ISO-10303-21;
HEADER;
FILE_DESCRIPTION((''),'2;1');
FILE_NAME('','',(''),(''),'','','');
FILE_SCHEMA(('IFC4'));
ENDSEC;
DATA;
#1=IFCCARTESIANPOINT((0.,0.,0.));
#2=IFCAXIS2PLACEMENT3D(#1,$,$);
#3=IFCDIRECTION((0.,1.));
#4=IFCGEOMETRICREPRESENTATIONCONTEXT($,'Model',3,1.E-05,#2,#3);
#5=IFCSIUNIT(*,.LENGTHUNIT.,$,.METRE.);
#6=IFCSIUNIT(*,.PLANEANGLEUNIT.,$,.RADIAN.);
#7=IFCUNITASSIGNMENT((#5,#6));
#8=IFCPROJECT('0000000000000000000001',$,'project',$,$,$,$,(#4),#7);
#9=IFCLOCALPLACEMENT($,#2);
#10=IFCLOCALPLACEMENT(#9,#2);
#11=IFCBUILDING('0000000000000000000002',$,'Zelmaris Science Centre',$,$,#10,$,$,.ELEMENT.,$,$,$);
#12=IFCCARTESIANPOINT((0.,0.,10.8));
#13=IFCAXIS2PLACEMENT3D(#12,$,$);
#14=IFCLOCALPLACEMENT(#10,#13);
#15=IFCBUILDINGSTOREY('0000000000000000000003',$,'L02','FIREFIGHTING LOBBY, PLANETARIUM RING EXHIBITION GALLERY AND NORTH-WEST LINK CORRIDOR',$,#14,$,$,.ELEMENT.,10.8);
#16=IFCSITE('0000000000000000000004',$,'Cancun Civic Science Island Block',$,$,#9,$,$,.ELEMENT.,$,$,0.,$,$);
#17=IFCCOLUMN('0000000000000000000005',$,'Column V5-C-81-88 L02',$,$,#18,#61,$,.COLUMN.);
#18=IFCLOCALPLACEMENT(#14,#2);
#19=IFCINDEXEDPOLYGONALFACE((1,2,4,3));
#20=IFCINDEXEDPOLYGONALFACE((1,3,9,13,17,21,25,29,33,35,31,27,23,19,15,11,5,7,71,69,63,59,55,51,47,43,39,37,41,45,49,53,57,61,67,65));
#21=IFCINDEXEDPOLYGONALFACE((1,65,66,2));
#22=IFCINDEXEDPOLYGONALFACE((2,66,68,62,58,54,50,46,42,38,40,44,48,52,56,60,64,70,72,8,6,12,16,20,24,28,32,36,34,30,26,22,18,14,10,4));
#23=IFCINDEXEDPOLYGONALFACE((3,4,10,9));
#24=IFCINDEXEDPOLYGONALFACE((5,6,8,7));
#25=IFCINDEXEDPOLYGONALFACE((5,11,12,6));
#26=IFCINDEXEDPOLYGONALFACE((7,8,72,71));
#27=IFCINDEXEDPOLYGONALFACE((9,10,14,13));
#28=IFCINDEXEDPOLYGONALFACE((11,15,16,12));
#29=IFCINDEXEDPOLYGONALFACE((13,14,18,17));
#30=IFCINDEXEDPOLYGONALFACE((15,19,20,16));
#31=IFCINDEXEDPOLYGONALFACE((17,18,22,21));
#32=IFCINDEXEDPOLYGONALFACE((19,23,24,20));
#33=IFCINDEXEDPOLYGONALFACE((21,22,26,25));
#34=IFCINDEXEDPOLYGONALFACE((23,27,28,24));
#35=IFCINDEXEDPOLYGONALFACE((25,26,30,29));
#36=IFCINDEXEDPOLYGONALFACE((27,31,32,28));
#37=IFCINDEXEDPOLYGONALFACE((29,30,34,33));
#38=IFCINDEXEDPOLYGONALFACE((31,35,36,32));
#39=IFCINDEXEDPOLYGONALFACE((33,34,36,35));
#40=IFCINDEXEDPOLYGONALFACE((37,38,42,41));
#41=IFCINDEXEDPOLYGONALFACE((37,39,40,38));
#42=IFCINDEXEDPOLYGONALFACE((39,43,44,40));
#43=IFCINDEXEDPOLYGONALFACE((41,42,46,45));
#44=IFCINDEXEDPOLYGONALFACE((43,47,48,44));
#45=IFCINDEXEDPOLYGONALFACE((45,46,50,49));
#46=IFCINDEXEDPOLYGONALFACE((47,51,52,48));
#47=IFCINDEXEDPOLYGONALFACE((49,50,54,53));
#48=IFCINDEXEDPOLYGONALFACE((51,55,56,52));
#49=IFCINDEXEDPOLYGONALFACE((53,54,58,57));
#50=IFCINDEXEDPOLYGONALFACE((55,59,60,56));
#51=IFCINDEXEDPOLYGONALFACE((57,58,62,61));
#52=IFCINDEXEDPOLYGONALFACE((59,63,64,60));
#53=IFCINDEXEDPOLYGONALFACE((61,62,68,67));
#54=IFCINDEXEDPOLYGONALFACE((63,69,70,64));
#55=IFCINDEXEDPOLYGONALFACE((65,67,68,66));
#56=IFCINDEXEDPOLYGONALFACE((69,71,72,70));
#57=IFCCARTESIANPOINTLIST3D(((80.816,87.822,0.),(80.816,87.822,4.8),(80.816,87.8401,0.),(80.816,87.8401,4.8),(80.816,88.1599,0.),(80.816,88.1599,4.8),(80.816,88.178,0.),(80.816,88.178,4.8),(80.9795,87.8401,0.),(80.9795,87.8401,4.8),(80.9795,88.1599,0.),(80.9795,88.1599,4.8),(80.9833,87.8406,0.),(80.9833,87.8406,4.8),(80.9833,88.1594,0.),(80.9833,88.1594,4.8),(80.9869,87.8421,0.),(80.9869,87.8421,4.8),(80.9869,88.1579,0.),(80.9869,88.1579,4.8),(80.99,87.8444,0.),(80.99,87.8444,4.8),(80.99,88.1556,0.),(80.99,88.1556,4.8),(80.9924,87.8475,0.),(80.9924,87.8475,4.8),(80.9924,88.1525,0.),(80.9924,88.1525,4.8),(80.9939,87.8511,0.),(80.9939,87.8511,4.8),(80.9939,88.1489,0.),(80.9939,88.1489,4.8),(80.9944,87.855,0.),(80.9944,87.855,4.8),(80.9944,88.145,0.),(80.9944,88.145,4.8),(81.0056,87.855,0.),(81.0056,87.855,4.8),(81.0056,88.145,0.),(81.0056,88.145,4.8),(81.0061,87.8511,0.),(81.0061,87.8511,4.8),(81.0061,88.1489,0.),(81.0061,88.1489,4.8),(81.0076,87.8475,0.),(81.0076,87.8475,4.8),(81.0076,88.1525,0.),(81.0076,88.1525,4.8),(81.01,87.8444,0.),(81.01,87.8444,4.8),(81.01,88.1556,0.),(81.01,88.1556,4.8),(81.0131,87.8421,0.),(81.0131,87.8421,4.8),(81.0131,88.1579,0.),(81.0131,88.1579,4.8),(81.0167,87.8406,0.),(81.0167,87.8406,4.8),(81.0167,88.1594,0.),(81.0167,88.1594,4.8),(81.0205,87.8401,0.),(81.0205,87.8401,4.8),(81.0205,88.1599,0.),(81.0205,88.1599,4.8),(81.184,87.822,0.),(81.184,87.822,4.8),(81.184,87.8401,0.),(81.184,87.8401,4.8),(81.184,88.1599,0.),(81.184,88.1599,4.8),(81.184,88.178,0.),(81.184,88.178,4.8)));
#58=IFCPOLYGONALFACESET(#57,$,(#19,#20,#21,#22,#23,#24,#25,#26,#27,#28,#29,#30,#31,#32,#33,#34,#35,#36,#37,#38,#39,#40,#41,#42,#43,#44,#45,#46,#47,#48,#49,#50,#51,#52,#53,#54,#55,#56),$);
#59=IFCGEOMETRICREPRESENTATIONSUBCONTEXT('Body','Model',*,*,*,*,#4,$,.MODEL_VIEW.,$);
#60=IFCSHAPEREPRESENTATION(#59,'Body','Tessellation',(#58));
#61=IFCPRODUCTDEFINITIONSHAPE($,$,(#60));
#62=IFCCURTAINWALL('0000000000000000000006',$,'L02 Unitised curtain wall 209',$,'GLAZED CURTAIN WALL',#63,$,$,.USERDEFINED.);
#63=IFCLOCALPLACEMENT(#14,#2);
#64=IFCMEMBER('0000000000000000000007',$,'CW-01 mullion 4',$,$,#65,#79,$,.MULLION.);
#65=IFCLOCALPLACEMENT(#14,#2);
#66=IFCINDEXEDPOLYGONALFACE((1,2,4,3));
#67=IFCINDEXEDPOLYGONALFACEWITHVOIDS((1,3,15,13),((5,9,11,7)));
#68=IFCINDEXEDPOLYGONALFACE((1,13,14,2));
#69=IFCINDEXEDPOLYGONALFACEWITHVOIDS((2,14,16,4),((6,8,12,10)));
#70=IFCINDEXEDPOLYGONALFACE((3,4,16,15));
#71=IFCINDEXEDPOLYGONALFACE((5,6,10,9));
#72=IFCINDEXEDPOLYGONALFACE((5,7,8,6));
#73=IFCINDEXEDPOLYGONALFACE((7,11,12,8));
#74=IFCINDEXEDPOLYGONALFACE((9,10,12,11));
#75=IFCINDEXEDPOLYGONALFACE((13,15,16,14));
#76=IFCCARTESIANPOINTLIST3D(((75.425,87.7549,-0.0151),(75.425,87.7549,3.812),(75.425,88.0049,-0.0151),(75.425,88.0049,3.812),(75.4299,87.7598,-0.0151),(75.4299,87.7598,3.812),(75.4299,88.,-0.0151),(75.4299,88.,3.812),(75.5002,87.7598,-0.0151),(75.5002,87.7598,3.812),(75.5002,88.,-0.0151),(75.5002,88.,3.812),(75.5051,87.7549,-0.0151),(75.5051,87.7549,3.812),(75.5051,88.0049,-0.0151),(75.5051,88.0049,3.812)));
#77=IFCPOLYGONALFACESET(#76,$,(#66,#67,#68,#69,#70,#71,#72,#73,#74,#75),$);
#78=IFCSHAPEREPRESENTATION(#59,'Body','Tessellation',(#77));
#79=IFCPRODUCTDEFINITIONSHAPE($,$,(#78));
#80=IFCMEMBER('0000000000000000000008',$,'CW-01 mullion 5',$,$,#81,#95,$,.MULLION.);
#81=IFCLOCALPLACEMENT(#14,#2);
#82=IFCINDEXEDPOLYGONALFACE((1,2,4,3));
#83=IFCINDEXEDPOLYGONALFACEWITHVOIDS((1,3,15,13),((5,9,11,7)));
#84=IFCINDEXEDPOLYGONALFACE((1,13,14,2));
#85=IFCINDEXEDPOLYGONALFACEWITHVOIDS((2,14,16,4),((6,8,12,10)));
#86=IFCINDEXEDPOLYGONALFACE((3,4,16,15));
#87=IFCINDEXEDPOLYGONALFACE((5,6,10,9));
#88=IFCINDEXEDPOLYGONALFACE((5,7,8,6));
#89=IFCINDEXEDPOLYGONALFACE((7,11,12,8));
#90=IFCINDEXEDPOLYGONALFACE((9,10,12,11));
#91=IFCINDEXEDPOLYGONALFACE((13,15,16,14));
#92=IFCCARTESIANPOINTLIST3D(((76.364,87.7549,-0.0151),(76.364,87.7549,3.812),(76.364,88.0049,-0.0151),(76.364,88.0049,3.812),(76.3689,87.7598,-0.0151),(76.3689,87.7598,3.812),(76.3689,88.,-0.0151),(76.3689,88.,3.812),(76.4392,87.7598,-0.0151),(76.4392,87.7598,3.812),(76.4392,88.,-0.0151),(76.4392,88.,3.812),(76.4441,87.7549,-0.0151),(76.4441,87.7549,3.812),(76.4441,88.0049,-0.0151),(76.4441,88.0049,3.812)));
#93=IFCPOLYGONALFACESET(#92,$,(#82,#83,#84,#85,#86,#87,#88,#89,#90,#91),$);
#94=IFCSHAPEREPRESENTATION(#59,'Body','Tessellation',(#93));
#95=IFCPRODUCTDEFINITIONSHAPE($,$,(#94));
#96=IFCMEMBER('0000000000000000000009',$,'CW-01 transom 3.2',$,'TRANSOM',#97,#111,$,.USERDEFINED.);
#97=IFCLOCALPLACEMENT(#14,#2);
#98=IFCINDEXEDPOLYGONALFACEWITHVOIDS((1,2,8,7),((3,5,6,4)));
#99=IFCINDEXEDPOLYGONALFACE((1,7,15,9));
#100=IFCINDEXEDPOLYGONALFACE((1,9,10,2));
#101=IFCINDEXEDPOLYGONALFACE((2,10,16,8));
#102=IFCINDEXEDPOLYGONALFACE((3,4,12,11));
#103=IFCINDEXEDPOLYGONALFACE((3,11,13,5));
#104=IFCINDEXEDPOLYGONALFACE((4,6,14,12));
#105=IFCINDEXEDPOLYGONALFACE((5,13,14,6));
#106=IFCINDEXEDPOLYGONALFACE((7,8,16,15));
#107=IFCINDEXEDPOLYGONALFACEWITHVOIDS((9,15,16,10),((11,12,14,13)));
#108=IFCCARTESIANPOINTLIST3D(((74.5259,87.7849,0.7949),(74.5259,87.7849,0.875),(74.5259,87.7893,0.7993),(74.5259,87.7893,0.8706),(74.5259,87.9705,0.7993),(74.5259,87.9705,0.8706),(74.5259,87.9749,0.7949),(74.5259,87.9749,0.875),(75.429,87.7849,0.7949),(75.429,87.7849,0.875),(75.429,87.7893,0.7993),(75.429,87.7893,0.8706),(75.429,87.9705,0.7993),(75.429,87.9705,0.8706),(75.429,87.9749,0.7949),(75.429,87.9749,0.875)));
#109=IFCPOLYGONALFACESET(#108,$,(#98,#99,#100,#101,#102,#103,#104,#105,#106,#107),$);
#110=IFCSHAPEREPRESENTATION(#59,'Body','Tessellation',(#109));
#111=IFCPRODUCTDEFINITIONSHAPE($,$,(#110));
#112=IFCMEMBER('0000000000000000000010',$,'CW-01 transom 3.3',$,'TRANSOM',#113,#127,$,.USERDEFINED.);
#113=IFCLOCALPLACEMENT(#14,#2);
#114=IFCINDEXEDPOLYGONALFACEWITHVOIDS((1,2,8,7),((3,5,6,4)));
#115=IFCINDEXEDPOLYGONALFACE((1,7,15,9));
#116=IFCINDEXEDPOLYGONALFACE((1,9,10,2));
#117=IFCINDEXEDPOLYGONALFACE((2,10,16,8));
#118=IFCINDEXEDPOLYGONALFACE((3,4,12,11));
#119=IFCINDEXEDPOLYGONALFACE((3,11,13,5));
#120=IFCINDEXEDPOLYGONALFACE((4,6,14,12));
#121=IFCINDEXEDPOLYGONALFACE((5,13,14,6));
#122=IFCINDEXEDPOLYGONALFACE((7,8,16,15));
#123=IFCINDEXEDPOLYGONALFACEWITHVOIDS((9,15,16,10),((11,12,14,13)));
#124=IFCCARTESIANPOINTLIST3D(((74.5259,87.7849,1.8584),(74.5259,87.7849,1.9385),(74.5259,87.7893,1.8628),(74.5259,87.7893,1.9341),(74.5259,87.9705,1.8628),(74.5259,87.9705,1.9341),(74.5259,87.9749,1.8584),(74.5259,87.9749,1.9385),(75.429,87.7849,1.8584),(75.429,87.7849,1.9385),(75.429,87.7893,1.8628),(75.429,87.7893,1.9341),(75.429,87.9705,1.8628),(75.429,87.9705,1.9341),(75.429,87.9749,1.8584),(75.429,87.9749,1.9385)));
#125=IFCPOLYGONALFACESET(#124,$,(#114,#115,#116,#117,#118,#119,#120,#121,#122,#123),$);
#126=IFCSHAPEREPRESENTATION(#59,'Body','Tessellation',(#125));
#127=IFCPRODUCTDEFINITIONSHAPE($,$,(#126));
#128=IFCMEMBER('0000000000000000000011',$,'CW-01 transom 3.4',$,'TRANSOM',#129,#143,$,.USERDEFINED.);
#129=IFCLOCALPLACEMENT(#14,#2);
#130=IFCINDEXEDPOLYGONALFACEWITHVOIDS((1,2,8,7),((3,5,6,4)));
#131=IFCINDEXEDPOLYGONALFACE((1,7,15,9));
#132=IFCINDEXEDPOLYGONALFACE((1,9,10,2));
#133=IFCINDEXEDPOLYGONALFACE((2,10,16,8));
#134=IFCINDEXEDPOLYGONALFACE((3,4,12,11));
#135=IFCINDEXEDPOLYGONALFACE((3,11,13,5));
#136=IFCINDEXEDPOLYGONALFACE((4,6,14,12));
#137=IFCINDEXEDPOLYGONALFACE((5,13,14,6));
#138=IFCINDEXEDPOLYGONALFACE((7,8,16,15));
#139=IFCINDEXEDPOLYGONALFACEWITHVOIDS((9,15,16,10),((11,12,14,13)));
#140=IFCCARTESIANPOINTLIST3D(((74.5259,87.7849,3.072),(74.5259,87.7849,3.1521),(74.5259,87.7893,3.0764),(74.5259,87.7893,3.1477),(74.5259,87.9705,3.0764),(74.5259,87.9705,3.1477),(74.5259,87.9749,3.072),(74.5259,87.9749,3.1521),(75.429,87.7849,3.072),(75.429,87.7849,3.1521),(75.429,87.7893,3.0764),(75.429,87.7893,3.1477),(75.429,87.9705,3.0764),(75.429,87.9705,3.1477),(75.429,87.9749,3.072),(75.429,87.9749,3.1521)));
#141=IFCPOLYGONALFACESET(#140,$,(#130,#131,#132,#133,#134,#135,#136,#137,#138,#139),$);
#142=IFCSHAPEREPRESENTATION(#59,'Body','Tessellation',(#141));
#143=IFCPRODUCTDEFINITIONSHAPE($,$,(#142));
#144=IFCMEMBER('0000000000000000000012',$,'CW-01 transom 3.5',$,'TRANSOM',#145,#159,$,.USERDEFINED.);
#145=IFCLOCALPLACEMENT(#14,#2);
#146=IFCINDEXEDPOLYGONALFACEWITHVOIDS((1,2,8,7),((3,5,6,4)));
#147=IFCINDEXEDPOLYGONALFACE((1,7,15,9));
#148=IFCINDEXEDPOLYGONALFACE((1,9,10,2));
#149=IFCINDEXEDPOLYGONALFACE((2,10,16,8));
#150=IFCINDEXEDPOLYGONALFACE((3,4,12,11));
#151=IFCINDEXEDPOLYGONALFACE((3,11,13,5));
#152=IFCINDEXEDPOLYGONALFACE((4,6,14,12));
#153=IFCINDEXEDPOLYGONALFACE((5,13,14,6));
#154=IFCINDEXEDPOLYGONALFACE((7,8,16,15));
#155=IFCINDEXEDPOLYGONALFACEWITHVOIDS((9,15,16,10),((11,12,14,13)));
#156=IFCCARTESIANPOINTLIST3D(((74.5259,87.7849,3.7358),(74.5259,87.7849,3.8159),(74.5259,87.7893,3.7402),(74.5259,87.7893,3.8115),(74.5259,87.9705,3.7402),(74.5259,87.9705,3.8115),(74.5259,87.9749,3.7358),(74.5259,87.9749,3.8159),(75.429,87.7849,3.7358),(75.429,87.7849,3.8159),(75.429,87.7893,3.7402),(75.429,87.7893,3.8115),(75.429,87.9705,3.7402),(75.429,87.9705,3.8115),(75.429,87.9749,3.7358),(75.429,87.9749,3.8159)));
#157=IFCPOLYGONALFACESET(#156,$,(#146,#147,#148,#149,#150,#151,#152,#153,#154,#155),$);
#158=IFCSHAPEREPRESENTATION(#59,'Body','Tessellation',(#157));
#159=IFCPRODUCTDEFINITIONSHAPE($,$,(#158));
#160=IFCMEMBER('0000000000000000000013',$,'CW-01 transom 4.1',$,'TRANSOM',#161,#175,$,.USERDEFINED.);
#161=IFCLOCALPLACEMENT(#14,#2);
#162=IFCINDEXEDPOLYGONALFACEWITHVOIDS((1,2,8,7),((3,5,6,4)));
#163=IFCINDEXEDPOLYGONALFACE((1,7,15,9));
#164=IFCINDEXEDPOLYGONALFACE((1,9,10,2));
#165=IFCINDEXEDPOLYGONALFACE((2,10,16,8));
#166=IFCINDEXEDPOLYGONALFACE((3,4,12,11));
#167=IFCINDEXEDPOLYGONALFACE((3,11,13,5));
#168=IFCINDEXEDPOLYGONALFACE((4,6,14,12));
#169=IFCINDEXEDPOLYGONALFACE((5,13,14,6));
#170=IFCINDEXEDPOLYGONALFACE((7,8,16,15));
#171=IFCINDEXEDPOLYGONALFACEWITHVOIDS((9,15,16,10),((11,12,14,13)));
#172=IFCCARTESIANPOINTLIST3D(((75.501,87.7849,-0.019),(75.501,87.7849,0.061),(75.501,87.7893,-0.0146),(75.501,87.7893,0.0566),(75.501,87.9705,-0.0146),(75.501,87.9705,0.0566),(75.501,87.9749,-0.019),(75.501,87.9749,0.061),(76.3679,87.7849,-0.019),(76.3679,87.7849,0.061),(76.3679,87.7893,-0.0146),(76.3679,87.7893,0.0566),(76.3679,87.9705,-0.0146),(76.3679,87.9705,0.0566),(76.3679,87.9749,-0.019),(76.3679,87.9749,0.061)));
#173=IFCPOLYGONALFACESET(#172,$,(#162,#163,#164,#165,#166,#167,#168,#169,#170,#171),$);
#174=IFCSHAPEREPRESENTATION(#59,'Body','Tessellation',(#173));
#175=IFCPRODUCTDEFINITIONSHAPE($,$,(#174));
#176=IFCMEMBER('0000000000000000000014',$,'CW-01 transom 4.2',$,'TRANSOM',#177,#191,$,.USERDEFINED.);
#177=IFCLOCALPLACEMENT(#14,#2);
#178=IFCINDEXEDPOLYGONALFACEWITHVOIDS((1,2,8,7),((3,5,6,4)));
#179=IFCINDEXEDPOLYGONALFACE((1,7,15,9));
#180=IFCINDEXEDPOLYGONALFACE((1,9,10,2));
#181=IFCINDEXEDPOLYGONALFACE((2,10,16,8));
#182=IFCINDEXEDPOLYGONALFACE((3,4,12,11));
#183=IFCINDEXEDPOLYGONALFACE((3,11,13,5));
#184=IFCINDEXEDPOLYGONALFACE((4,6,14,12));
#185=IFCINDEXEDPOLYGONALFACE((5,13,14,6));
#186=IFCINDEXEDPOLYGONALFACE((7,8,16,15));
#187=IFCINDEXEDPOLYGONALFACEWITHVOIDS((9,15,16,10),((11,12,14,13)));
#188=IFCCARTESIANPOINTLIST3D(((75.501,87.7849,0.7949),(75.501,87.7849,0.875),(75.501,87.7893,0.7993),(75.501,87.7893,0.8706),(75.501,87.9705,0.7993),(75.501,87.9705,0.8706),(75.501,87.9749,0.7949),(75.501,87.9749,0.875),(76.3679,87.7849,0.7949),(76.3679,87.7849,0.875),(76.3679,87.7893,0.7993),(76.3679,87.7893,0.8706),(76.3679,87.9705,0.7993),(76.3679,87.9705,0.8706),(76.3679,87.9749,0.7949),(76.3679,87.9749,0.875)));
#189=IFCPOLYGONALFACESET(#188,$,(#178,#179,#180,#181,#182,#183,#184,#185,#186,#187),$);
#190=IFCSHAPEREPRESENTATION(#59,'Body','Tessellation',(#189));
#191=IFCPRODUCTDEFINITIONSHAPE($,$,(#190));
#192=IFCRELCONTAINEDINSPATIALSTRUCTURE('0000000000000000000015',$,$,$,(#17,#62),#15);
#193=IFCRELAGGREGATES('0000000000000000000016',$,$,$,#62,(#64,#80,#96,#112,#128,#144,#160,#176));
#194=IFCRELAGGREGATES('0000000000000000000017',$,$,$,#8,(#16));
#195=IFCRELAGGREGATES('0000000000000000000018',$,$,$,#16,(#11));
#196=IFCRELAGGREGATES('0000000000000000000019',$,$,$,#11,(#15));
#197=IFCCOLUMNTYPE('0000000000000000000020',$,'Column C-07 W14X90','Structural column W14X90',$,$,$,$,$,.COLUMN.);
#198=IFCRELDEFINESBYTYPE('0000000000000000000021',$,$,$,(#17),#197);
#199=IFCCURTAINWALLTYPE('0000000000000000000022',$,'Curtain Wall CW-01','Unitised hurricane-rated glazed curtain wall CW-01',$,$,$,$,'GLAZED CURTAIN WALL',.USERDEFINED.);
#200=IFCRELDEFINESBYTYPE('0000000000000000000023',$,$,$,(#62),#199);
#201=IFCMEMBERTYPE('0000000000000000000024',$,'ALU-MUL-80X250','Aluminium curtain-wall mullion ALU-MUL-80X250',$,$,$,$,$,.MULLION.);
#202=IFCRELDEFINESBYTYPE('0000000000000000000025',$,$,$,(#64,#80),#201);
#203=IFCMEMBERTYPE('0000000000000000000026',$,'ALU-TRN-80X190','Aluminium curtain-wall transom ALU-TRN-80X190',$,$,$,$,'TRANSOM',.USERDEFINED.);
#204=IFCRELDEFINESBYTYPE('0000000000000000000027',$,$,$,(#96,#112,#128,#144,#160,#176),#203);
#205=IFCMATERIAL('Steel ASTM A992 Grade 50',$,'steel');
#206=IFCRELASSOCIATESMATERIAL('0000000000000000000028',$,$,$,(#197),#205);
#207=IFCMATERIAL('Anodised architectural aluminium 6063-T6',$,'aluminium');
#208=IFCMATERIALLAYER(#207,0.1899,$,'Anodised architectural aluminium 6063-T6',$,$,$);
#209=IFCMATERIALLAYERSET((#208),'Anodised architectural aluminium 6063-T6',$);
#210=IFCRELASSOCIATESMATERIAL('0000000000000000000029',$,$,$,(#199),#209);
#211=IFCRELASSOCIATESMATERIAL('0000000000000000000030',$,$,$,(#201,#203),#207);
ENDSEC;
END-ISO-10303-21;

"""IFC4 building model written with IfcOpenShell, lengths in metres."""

from ifc_helpers import new_model, si_unit, direction, frame, origin, origin_2d, place, context, subcontext, project, spatial, hollow_rectangle, i_section, extrude, material, layer, layer_set, material_profile, profile_set, type_object, element, aggregate, save


model = new_model("IFC4")

# Units and contexts
model_context = context("Model", 3, precision=1e-05, world=origin(), true_north=direction((0.0, 1.0)))
body_context = subcontext(model_context, "Body", "Model", "MODEL_VIEW")
ifc_project = project(units=[si_unit("LENGTHUNIT", "METRE"), si_unit("PLANEANGLEUNIT", "RADIAN")], contexts=[model_context])

# Site, building, storey
site_placement = place(None, origin())
site = spatial("IfcSite", under=ifc_project, at=site_placement, Name="Cancun Civic Science Island Block", CompositionType="ELEMENT", RefElevation=0.0)
building_placement = place(site_placement, origin())
building = spatial("IfcBuilding", under=site, at=building_placement, Name="Zelmaris Science Centre", CompositionType="ELEMENT")
storey_placement = place(building_placement, frame((0.0, 0.0, 10.8)))
storey = spatial("IfcBuildingStorey", under=building, at=storey_placement, Name="L02", Description="FIREFIGHTING LOBBY, PLANETARIUM RING EXHIBITION GALLERY AND NORTH-WEST LINK CORRIDOR", CompositionType="ELEMENT", Elevation=10.8)

# Column
ifc_material_1 = material(Name="Steel ASTM A992 Grade 50", Category="steel")
ifc_material_profile_1 = material_profile(ifc_material_1, i_section(OverallWidth=0.3679, OverallDepth=0.356, WebThickness=0.0112, FlangeThickness=0.0181, FilletRadius=0.0149, at=origin_2d()), Name="W14X90")
ifc_profile_set_1 = profile_set([ifc_material_profile_1], Name="Steel ASTM A992 Grade 50")
column_type = type_object("IfcColumnType", Name="Column C-07 W14X90", Description="Structural column W14X90", PredefinedType="COLUMN", material=ifc_profile_set_1)
column_placement = place(storey_placement, frame((81.0, 88.0, 0.0), z_axis=(0.0, 0.0, 1.0), x_axis=(1.0, 0.0, 0.0)))
element("IfcColumn", 1, at=column_placement, inside=storey, type_object=column_type, Name="Column V5-C-81-88 L02", PredefinedType="COLUMN", context=body_context, shape_type="SweptSolid", body=[
    extrude(i_section(OverallWidth=0.3679, OverallDepth=0.356, WebThickness=0.0112, FlangeThickness=0.0181, FilletRadius=0.0149, at=origin_2d()), origin(), (0.0, 0.0, 1.0), 4.8),
])

# Curtain wall, members
ifc_material_2 = material(Name="Anodised architectural aluminium 6063-T6", Category="aluminium")
ifc_layer_1 = layer(ifc_material_2, 0.1899, Name="Anodised architectural aluminium 6063-T6")
ifc_layer_set_1 = layer_set([ifc_layer_1], Name="Anodised architectural aluminium 6063-T6")
curtain_wall_type = type_object("IfcCurtainWallType", Name="Curtain Wall CW-01", Description="Unitised hurricane-rated glazed curtain wall CW-01", ElementType="GLAZED CURTAIN WALL", PredefinedType="USERDEFINED", material=ifc_layer_set_1)
curtain_wall_placement = place(storey_placement, origin())
curtain_wall = element("IfcCurtainWall", 2, at=curtain_wall_placement, inside=storey, type_object=curtain_wall_type, Name="L02 Unitised curtain wall 209", ObjectType="GLAZED CURTAIN WALL", PredefinedType="USERDEFINED")
ifc_material_profile_2 = material_profile(ifc_material_2, hollow_rectangle(XDim=0.0801, YDim=0.25, WallThickness=0.0049, at=origin_2d()), Name="ALU-MUL-80X250")
ifc_profile_set_2 = profile_set([ifc_material_profile_2], Name="Anodised architectural aluminium 6063-T6")
member_type_1 = type_object("IfcMemberType", Name="ALU-MUL-80X250", Description="Aluminium curtain-wall mullion ALU-MUL-80X250", PredefinedType="MULLION", material=ifc_profile_set_2)
member_1_placement = place(storey_placement, frame((75.4651, 87.8799, -0.0151), z_axis=(0.0, 0.0, 1.0), x_axis=(1.0, 0.0, 0.0)))
member_1 = element("IfcMember", 3, at=member_1_placement, type_object=member_type_1, Name="CW-01 mullion 4", PredefinedType="MULLION", context=body_context, shape_type="SweptSolid", body=[
    extrude(hollow_rectangle(XDim=0.0801, YDim=0.25, WallThickness=0.0049, at=origin_2d()), origin(), (0.0, 0.0, 1.0), 3.8271),
])
member_2_placement = place(storey_placement, frame((76.4041, 87.8799, -0.0151), z_axis=(0.0, 0.0, 1.0), x_axis=(1.0, 0.0, 0.0)))
member_2 = element("IfcMember", 4, at=member_2_placement, type_object=member_type_1, Name="CW-01 mullion 5", PredefinedType="MULLION", context=body_context, shape_type="SweptSolid", body=[
    extrude(hollow_rectangle(XDim=0.0801, YDim=0.25, WallThickness=0.0049, at=origin_2d()), origin(), (0.0, 0.0, 1.0), 3.8271),
])
ifc_material_profile_3 = material_profile(ifc_material_2, hollow_rectangle(XDim=0.0801, YDim=0.1899, WallThickness=0.0044, at=origin_2d()), Name="ALU-TRN-80X190")
ifc_profile_set_3 = profile_set([ifc_material_profile_3], Name="Anodised architectural aluminium 6063-T6")
member_type_2 = type_object("IfcMemberType", Name="ALU-TRN-80X190", Description="Aluminium curtain-wall transom ALU-TRN-80X190", ElementType="TRANSOM", PredefinedType="USERDEFINED", material=ifc_profile_set_3)
member_3_placement = place(storey_placement, frame((74.5259, 87.8799, 0.835), z_axis=(1.0, 0.0, 0.0), x_axis=(0.0, 0.0, 1.0)))
member_3 = element("IfcMember", 5, at=member_3_placement, type_object=member_type_2, Name="CW-01 transom 3.2", ObjectType="TRANSOM", PredefinedType="USERDEFINED", context=body_context, shape_type="SweptSolid", body=[
    extrude(hollow_rectangle(XDim=0.0801, YDim=0.1899, WallThickness=0.0044, at=origin_2d()), origin(), (0.0, 0.0, 1.0), 0.9031),
])
member_4_placement = place(storey_placement, frame((74.5259, 87.8799, 1.8984), z_axis=(1.0, 0.0, 0.0), x_axis=(0.0, 0.0, 1.0)))
member_4 = element("IfcMember", 6, at=member_4_placement, type_object=member_type_2, Name="CW-01 transom 3.3", ObjectType="TRANSOM", PredefinedType="USERDEFINED", context=body_context, shape_type="SweptSolid", body=[
    extrude(hollow_rectangle(XDim=0.0801, YDim=0.1899, WallThickness=0.0044, at=origin_2d()), origin(), (0.0, 0.0, 1.0), 0.9031),
])
member_5_placement = place(storey_placement, frame((74.5259, 87.8799, 3.1121), z_axis=(1.0, 0.0, 0.0), x_axis=(0.0, 0.0, 1.0)))
member_5 = element("IfcMember", 7, at=member_5_placement, type_object=member_type_2, Name="CW-01 transom 3.4", ObjectType="TRANSOM", PredefinedType="USERDEFINED", context=body_context, shape_type="SweptSolid", body=[
    extrude(hollow_rectangle(XDim=0.0801, YDim=0.1899, WallThickness=0.0044, at=origin_2d()), origin(), (0.0, 0.0, 1.0), 0.9031),
])
member_6_placement = place(storey_placement, frame((74.5259, 87.8799, 3.7759), z_axis=(1.0, 0.0, 0.0), x_axis=(0.0, 0.0, 1.0)))
member_6 = element("IfcMember", 8, at=member_6_placement, type_object=member_type_2, Name="CW-01 transom 3.5", ObjectType="TRANSOM", PredefinedType="USERDEFINED", context=body_context, shape_type="SweptSolid", body=[
    extrude(hollow_rectangle(XDim=0.0801, YDim=0.1899, WallThickness=0.0044, at=origin_2d()), origin(), (0.0, 0.0, 1.0), 0.9031),
])
member_7_placement = place(storey_placement, frame((75.501, 87.8799, 0.021), z_axis=(1.0, 0.0, 0.0), x_axis=(0.0, 0.0, 1.0)))
member_7 = element("IfcMember", 9, at=member_7_placement, type_object=member_type_2, Name="CW-01 transom 4.1", ObjectType="TRANSOM", PredefinedType="USERDEFINED", context=body_context, shape_type="SweptSolid", body=[
    extrude(hollow_rectangle(XDim=0.0801, YDim=0.1899, WallThickness=0.0044, at=origin_2d()), origin(), (0.0, 0.0, 1.0), 0.8669),
])
member_8_placement = place(storey_placement, frame((75.501, 87.8799, 0.835), z_axis=(1.0, 0.0, 0.0), x_axis=(0.0, 0.0, 1.0)))
member_8 = element("IfcMember", 10, at=member_8_placement, type_object=member_type_2, Name="CW-01 transom 4.2", ObjectType="TRANSOM", PredefinedType="USERDEFINED", context=body_context, shape_type="SweptSolid", body=[
    extrude(hollow_rectangle(XDim=0.0801, YDim=0.1899, WallThickness=0.0044, at=origin_2d()), origin(), (0.0, 0.0, 1.0), 0.8669),
])

aggregate(curtain_wall, [member_1, member_2, member_3, member_4, member_5, member_6, member_7, member_8])

save(model, "model.ifc")
